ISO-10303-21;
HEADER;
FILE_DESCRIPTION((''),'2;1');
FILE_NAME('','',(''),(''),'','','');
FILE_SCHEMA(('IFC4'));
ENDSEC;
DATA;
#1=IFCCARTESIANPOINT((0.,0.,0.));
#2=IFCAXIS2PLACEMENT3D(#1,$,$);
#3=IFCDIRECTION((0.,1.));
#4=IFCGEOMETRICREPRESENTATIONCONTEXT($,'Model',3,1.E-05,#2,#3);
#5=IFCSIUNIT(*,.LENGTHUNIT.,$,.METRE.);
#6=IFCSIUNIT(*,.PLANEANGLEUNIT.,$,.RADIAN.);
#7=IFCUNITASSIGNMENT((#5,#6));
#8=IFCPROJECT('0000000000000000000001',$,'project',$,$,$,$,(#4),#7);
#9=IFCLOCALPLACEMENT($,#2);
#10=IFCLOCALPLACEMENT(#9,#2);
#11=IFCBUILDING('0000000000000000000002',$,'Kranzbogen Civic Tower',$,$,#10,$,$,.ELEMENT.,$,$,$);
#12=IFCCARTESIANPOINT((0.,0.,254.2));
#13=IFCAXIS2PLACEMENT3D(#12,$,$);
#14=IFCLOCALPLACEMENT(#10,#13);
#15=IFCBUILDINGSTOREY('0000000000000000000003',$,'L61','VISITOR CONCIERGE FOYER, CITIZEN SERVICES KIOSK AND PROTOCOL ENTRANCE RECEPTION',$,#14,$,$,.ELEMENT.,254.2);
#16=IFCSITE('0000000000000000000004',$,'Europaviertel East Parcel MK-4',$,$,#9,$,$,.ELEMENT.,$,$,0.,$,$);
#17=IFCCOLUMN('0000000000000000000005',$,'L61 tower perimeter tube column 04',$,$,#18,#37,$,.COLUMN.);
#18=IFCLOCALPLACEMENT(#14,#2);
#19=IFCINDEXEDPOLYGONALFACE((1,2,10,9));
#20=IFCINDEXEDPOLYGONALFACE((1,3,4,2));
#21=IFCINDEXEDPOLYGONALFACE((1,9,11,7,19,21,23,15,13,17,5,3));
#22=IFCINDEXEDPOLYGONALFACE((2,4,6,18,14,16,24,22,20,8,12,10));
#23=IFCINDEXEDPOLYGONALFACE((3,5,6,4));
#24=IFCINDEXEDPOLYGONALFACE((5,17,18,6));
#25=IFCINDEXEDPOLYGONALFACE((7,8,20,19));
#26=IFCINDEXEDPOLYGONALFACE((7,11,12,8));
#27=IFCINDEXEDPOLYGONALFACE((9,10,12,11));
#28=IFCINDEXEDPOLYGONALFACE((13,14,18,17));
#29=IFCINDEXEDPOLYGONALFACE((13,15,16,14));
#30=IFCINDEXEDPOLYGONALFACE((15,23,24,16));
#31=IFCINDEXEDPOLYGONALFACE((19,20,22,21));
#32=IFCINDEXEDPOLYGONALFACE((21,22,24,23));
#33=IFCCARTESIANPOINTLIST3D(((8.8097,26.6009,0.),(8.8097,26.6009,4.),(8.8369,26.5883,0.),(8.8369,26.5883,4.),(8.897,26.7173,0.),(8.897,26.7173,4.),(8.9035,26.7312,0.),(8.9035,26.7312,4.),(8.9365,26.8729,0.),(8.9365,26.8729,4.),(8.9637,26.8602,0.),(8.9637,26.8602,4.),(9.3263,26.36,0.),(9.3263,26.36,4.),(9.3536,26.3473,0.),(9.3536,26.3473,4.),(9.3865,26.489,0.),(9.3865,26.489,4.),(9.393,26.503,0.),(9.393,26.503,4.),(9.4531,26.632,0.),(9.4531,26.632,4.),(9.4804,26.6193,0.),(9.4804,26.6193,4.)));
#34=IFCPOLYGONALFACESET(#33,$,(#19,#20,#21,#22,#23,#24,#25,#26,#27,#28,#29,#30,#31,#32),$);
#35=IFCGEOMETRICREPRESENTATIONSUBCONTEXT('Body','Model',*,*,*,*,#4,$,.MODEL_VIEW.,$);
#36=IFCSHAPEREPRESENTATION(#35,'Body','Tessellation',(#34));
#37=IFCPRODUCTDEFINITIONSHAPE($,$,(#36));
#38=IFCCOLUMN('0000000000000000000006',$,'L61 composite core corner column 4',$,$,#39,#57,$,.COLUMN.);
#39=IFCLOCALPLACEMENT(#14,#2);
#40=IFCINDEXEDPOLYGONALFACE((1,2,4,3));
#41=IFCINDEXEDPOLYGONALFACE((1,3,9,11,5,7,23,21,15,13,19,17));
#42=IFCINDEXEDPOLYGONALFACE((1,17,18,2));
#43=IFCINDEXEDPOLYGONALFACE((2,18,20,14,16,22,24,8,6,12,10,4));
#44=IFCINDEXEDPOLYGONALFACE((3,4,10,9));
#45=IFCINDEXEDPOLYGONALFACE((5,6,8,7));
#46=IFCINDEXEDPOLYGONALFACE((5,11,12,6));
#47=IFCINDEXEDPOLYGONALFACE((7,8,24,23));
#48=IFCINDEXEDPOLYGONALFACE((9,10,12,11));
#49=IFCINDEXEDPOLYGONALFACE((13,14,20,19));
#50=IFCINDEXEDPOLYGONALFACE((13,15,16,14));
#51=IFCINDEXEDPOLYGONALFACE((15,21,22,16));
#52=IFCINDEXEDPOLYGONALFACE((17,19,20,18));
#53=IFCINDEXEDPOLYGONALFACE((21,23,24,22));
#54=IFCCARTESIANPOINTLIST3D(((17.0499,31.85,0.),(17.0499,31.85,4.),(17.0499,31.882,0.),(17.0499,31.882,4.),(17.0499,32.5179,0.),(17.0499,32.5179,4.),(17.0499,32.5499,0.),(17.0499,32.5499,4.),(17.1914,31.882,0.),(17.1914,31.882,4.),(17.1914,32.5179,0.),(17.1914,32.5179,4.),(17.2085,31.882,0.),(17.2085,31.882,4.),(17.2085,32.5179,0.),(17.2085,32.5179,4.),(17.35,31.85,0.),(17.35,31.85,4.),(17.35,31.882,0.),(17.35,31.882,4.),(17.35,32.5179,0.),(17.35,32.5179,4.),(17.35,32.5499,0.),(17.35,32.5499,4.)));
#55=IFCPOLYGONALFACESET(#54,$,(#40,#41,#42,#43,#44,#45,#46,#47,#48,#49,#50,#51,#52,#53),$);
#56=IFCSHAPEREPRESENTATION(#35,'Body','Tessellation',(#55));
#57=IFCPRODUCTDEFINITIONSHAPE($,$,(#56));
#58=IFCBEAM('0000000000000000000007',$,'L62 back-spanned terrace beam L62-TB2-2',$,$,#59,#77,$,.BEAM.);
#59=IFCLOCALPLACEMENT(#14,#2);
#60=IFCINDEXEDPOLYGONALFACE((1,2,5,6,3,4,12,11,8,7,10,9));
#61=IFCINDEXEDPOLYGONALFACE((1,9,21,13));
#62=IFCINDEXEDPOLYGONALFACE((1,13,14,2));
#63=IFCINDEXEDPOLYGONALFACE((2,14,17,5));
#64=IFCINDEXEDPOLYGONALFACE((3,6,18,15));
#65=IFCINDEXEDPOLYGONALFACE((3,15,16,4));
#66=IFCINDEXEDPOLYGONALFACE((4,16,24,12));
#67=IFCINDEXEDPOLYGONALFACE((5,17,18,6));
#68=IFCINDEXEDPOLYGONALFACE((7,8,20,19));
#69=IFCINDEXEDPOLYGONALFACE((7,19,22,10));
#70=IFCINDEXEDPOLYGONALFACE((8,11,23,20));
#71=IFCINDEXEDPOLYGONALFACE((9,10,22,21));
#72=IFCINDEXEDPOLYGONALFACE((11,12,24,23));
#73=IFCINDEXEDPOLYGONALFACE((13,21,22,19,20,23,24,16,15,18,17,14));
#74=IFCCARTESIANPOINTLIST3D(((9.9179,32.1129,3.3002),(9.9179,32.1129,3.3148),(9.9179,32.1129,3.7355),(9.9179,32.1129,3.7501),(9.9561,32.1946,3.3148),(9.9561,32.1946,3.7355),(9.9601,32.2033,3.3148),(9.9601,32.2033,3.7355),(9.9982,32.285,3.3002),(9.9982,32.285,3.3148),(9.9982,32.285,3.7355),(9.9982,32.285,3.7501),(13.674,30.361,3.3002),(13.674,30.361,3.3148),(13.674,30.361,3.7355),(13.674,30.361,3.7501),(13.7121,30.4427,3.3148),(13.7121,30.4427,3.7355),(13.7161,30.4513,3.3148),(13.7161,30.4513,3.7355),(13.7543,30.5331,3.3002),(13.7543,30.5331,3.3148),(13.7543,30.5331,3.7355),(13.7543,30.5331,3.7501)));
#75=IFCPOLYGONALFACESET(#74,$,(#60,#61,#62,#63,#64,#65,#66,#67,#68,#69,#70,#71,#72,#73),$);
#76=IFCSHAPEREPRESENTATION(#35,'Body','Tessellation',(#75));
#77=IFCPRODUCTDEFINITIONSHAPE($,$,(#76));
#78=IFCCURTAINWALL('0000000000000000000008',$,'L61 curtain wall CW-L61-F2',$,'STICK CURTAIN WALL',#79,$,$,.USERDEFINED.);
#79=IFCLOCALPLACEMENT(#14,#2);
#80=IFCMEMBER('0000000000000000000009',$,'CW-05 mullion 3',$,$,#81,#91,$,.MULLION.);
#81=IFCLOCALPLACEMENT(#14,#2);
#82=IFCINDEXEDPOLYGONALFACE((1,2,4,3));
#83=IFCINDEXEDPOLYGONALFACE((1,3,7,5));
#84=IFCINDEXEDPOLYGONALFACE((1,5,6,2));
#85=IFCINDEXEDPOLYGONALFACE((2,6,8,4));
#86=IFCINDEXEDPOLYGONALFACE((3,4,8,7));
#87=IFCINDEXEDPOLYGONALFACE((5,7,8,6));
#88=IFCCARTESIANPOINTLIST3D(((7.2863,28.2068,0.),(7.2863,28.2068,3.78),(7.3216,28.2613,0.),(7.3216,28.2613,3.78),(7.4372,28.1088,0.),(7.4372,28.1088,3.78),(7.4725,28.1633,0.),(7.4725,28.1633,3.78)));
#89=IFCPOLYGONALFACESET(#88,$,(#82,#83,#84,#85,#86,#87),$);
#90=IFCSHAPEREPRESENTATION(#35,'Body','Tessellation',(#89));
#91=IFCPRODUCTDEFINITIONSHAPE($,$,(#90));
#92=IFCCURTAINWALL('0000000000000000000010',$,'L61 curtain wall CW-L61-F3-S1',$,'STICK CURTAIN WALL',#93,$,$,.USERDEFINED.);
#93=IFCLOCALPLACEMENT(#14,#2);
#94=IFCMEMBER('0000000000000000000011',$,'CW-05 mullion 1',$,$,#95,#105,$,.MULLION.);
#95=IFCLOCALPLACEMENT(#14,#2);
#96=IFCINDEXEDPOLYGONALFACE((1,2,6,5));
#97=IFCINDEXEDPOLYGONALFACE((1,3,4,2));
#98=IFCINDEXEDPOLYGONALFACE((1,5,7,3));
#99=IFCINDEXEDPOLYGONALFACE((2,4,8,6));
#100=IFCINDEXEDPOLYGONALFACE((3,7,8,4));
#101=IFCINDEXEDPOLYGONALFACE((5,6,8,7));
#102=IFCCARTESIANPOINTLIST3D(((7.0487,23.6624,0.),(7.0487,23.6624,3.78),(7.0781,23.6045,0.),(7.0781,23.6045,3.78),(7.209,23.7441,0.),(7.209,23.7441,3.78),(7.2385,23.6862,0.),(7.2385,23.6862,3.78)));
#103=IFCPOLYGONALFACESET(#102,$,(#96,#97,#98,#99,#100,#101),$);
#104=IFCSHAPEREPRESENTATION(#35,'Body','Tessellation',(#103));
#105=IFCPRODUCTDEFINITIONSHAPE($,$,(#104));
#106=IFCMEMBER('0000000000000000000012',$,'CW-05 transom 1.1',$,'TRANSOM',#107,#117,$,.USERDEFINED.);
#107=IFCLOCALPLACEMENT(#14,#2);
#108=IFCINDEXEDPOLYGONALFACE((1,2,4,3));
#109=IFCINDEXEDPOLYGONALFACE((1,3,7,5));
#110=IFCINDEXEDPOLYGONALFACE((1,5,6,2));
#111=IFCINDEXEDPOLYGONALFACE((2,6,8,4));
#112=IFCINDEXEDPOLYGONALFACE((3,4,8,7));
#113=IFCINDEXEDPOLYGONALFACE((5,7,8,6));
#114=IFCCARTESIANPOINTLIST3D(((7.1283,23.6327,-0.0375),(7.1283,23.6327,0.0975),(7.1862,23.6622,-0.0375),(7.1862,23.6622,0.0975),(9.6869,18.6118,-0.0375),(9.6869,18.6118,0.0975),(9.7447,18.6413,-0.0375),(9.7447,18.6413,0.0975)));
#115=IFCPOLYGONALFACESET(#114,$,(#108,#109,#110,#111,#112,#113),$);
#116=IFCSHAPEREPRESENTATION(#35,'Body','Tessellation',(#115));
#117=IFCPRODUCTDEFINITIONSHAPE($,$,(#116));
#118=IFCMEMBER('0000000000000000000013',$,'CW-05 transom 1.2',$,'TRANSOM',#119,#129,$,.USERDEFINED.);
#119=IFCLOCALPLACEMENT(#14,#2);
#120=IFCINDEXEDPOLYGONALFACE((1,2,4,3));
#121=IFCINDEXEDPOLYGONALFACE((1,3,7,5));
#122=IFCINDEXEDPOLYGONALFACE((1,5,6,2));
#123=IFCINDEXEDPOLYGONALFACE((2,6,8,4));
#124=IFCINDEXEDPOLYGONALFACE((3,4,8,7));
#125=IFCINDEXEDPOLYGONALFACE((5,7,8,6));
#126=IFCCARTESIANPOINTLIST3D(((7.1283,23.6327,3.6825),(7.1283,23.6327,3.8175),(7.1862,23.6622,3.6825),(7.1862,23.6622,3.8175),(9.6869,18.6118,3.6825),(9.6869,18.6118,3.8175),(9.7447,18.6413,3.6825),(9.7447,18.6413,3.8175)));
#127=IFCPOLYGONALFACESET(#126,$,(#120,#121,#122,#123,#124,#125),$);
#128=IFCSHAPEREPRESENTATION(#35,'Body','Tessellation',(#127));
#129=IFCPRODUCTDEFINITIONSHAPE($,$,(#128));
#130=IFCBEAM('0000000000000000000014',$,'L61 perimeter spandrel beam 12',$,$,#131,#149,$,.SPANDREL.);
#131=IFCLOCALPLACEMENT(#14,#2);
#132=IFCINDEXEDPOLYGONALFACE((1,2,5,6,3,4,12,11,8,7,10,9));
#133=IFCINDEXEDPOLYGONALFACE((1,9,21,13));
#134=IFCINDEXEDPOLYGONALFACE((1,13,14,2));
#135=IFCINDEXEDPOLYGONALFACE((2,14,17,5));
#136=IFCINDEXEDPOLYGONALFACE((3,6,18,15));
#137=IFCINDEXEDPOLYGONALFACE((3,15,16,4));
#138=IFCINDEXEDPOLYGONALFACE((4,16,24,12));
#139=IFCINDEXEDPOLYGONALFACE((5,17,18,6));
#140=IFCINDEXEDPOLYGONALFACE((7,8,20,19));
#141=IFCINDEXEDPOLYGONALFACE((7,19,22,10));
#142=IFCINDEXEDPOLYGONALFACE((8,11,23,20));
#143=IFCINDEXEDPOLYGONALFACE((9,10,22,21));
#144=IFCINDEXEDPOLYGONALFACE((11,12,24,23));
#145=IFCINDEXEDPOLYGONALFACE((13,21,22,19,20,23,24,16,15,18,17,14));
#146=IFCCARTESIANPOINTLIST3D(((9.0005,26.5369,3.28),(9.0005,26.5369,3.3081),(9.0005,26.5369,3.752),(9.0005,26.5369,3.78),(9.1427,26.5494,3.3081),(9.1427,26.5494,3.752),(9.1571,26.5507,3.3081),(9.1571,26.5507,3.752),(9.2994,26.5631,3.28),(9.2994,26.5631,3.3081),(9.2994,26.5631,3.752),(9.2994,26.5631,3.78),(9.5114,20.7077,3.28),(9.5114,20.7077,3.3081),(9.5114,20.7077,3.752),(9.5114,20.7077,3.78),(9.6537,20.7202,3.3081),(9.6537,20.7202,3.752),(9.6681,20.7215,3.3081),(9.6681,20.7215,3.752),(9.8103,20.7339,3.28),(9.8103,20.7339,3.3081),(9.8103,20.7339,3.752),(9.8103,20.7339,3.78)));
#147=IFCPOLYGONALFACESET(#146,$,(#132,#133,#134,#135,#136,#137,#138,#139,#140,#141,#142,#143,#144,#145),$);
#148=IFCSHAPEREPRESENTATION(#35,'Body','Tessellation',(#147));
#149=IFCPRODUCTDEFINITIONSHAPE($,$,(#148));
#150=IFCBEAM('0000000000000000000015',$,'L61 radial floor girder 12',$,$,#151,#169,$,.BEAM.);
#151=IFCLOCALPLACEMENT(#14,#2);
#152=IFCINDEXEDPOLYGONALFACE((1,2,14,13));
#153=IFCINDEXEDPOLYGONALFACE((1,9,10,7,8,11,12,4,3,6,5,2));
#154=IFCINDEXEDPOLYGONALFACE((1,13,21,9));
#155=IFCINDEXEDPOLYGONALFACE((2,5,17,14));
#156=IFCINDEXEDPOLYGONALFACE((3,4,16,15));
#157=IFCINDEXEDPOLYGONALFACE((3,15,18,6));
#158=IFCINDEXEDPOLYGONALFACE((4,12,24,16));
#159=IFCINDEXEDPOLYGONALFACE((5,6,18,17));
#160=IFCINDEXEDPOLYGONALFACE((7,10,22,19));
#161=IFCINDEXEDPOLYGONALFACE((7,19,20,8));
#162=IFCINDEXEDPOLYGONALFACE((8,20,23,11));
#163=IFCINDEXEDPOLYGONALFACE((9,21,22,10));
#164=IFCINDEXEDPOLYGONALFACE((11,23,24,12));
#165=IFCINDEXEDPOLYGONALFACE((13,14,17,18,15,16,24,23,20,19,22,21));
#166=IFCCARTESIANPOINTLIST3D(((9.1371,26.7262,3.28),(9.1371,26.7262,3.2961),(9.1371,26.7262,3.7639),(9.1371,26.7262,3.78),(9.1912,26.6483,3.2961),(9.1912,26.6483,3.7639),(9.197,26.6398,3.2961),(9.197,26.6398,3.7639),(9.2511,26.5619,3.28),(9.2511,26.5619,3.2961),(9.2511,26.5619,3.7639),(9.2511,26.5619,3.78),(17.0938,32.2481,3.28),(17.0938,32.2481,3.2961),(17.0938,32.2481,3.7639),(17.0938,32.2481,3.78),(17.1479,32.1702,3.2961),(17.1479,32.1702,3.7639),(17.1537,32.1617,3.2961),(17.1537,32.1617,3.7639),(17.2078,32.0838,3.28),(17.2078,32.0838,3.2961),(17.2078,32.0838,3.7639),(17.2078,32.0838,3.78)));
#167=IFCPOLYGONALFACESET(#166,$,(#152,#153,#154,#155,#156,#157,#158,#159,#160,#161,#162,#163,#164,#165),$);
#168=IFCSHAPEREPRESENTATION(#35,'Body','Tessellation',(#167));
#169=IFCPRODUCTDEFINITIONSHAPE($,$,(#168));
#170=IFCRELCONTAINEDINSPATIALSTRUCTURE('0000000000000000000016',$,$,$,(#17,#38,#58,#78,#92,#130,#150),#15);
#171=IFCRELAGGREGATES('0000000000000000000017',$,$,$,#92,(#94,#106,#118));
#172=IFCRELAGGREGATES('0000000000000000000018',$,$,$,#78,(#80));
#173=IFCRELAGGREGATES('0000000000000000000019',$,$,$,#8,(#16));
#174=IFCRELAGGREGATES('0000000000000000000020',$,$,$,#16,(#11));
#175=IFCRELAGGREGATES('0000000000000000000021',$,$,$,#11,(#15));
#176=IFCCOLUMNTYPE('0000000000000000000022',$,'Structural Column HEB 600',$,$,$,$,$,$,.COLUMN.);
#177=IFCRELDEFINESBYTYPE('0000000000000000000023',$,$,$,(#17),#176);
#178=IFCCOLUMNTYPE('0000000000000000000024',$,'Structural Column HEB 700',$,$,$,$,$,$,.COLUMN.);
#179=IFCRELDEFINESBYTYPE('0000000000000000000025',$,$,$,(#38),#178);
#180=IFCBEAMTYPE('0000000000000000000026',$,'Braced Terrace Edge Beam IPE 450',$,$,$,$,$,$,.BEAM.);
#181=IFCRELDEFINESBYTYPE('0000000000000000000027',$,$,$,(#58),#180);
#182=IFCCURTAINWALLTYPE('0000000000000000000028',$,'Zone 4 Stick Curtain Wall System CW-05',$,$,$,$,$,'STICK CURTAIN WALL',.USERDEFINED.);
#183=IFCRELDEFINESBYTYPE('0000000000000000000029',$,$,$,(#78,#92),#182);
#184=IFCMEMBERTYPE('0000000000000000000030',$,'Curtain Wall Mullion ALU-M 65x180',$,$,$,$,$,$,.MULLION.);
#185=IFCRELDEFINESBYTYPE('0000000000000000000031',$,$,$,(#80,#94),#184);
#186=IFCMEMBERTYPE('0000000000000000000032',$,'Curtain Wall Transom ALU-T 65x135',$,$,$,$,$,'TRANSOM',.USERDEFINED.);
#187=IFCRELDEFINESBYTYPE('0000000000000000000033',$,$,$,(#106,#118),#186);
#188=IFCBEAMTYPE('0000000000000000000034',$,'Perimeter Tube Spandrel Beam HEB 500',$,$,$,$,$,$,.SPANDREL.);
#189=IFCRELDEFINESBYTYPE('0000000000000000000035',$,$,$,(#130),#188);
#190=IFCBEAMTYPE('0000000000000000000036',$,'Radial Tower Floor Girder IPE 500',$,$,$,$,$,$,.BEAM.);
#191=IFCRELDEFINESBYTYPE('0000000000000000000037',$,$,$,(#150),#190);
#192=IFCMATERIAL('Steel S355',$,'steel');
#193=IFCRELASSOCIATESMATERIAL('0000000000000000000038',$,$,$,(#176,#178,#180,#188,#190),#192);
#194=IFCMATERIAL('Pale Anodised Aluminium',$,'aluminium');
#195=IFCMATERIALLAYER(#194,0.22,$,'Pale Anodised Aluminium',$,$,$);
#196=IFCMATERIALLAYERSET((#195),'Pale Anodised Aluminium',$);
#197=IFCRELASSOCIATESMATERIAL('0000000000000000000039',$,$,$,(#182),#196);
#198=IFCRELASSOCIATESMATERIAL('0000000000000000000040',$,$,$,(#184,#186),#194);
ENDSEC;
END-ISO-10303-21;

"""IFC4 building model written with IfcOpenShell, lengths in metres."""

from ifc_helpers import new_model, si_unit, direction, frame, origin, origin_2d, place, context, subcontext, project, spatial, rectangle, i_section, extrude, material, layer, layer_set, material_profile, profile_set, type_object, element, aggregate, save


model = new_model("IFC4")

# Units and contexts
model_context = context("Model", 3, precision=1e-05, world=origin(), true_north=direction((0.0, 1.0)))
body_context = subcontext(model_context, "Body", "Model", "MODEL_VIEW")
ifc_project = project(units=[si_unit("LENGTHUNIT", "METRE"), si_unit("PLANEANGLEUNIT", "RADIAN")], contexts=[model_context])

# Site, building, storey
site_placement = place(None, origin())
site = spatial("IfcSite", under=ifc_project, at=site_placement, Name="Europaviertel East Parcel MK-4", CompositionType="ELEMENT", RefElevation=0.0)
building_placement = place(site_placement, origin())
building = spatial("IfcBuilding", under=site, at=building_placement, Name="Kranzbogen Civic Tower", CompositionType="ELEMENT")
storey_placement = place(building_placement, frame((0.0, 0.0, 254.2)))
storey = spatial("IfcBuildingStorey", under=building, at=storey_placement, Name="L61", Description="VISITOR CONCIERGE FOYER, CITIZEN SERVICES KIOSK AND PROTOCOL ENTRANCE RECEPTION", CompositionType="ELEMENT", Elevation=254.2)

# Columns
ifc_material_1 = material(Name="Steel S355", Category="steel")
ifc_material_profile_1 = material_profile(ifc_material_1, i_section(OverallWidth=0.3, OverallDepth=0.6001, WebThickness=0.0154, FlangeThickness=0.03, at=origin_2d()), Name="HEB 600")
ifc_profile_set_1 = profile_set([ifc_material_profile_1], Name="Steel S355")
column_type_1 = type_object("IfcColumnType", Name="Structural Column HEB 600", PredefinedType="COLUMN", material=ifc_profile_set_1)
column_1_placement = place(storey_placement, frame((9.145, 26.6101, 0.0), z_axis=(0.0, 0.0, 1.0), x_axis=(0.422618, 0.906308, 0.0)))
element("IfcColumn", 1, at=column_1_placement, inside=storey, type_object=column_type_1, Name="L61 tower perimeter tube column 04", PredefinedType="COLUMN", context=body_context, shape_type="SweptSolid", body=[
    extrude(i_section(OverallWidth=0.3, OverallDepth=0.6001, WebThickness=0.0154, FlangeThickness=0.03, at=origin_2d()), origin(), (0.0, 0.0, 1.0), 4.0),
])
ifc_material_profile_2 = material_profile(ifc_material_1, i_section(OverallWidth=0.3, OverallDepth=0.7, WebThickness=0.0171, FlangeThickness=0.032, at=origin_2d()), Name="HEB 700")
ifc_profile_set_2 = profile_set([ifc_material_profile_2], Name="Steel S355")
column_type_2 = type_object("IfcColumnType", Name="Structural Column HEB 700", PredefinedType="COLUMN", material=ifc_profile_set_2)
column_2_placement = place(storey_placement, frame((17.2, 32.2, 0.0), z_axis=(0.0, 0.0, 1.0), x_axis=(1.0, 0.0, 0.0)))
element("IfcColumn", 2, at=column_2_placement, inside=storey, type_object=column_type_2, Name="L61 composite core corner column 4", PredefinedType="COLUMN", context=body_context, shape_type="SweptSolid", body=[
    extrude(i_section(OverallWidth=0.3, OverallDepth=0.7, WebThickness=0.0171, FlangeThickness=0.032, at=origin_2d()), origin(), (0.0, 0.0, 1.0), 4.0),
])

# Beam
ifc_material_profile_3 = material_profile(ifc_material_1, i_section(OverallWidth=0.1899, OverallDepth=0.45, WebThickness=0.0095, FlangeThickness=0.0146, at=origin_2d()), Name="IPE 450")
ifc_profile_set_3 = profile_set([ifc_material_profile_3], Name="Steel S355")
beam_type_1 = type_object("IfcBeamType", Name="Braced Terrace Edge Beam IPE 450", PredefinedType="BEAM", material=ifc_profile_set_3)
beam_1_placement = place(storey_placement, frame((13.7141, 30.447, 3.5251), z_axis=(-0.906266, 0.422708, 0.0), x_axis=(-0.422708, -0.906266, 0.0)))
element("IfcBeam", 3, at=beam_1_placement, inside=storey, type_object=beam_type_1, Name="L62 back-spanned terrace beam L62-TB2-2", PredefinedType="BEAM", context=body_context, shape_type="SweptSolid", body=[
    extrude(i_section(OverallWidth=0.1899, OverallDepth=0.45, WebThickness=0.0095, FlangeThickness=0.0146, at=origin_2d()), origin(), (0.0, 0.0, 1.0), 4.1445),
])

# Curtain wall, member
ifc_material_2 = material(Name="Pale Anodised Aluminium", Category="aluminium")
ifc_layer_1 = layer(ifc_material_2, 0.22, Name="Pale Anodised Aluminium")
ifc_layer_set_1 = layer_set([ifc_layer_1], Name="Pale Anodised Aluminium")
curtain_wall_type = type_object("IfcCurtainWallType", Name="Zone 4 Stick Curtain Wall System CW-05", ElementType="STICK CURTAIN WALL", PredefinedType="USERDEFINED", material=ifc_layer_set_1)
curtain_wall_1_placement = place(storey_placement, origin())
curtain_wall_1 = element("IfcCurtainWall", 4, at=curtain_wall_1_placement, inside=storey, type_object=curtain_wall_type, Name="L61 curtain wall CW-L61-F2", ObjectType="STICK CURTAIN WALL", PredefinedType="USERDEFINED")
ifc_material_profile_4 = material_profile(ifc_material_2, rectangle(XDim=0.0649, YDim=0.1799, at=origin_2d()), Name="ALU-M 65x180")
ifc_profile_set_4 = profile_set([ifc_material_profile_4], Name="Pale Anodised Aluminium")
member_type_1 = type_object("IfcMemberType", Name="Curtain Wall Mullion ALU-M 65x180", PredefinedType="MULLION", material=ifc_profile_set_4)
member_1_placement = place(storey_placement, frame((7.3794, 28.1851, 0.0), z_axis=(0.0, 0.0, 1.0), x_axis=(-0.544657, -0.838659, 0.0)))
member_1 = element("IfcMember", 5, at=member_1_placement, type_object=member_type_1, Name="CW-05 mullion 3", PredefinedType="MULLION", context=body_context, shape_type="SweptSolid", body=[
    extrude(rectangle(XDim=0.0649, YDim=0.1799, at=origin_2d()), origin(), (0.0, 0.0, 1.0), 3.78),
])

# Curtain wall, members
curtain_wall_2_placement = place(storey_placement, origin())
curtain_wall_2 = element("IfcCurtainWall", 6, at=curtain_wall_2_placement, inside=storey, type_object=curtain_wall_type, Name="L61 curtain wall CW-L61-F3-S1", ObjectType="STICK CURTAIN WALL", PredefinedType="USERDEFINED")
member_2_placement = place(storey_placement, frame((7.1436, 23.6743, 0.0), z_axis=(0.0, 0.0, 1.0), x_axis=(0.454012, -0.890996, 0.0)))
member_2 = element("IfcMember", 7, at=member_2_placement, type_object=member_type_1, Name="CW-05 mullion 1", PredefinedType="MULLION", context=body_context, shape_type="SweptSolid", body=[
    extrude(rectangle(XDim=0.0649, YDim=0.1799, at=origin_2d()), origin(), (0.0, 0.0, 1.0), 3.78),
])
ifc_material_profile_5 = material_profile(ifc_material_2, rectangle(XDim=0.0649, YDim=0.135, at=origin_2d()), Name="ALU-T 65x135")
ifc_profile_set_5 = profile_set([ifc_material_profile_5], Name="Pale Anodised Aluminium")
member_type_2 = type_object("IfcMemberType", Name="Curtain Wall Transom ALU-T 65x135", ElementType="TRANSOM", PredefinedType="USERDEFINED", material=ifc_profile_set_5)
member_3_placement = place(storey_placement, frame((7.1572, 23.6475, 0.03), z_axis=(0.454028, -0.890987, 0.0), x_axis=(0.890987, 0.454028, 0.0)))
member_3 = element("IfcMember", 8, at=member_3_placement, type_object=member_type_2, Name="CW-05 transom 1.1", ObjectType="TRANSOM", PredefinedType="USERDEFINED", context=body_context, shape_type="SweptSolid", body=[
    extrude(rectangle(XDim=0.0649, YDim=0.135, at=origin_2d()), origin(), (0.0, 0.0, 1.0), 5.6353),
])
member_4_placement = place(storey_placement, frame((7.1572, 23.6475, 3.75), z_axis=(0.454028, -0.890987, 0.0), x_axis=(0.890987, 0.454028, 0.0)))
member_4 = element("IfcMember", 9, at=member_4_placement, type_object=member_type_2, Name="CW-05 transom 1.2", ObjectType="TRANSOM", PredefinedType="USERDEFINED", context=body_context, shape_type="SweptSolid", body=[
    extrude(rectangle(XDim=0.0649, YDim=0.135, at=origin_2d()), origin(), (0.0, 0.0, 1.0), 5.6353),
])
aggregate(curtain_wall_2, [member_2, member_3, member_4])

# Beams
ifc_material_profile_6 = material_profile(ifc_material_1, i_section(OverallWidth=0.3, OverallDepth=0.5, WebThickness=0.0144, FlangeThickness=0.0281, at=origin_2d()), Name="HEB 500")
ifc_profile_set_6 = profile_set([ifc_material_profile_6], Name="Steel S355")
beam_type_2 = type_object("IfcBeamType", Name="Perimeter Tube Spandrel Beam HEB 500", PredefinedType="SPANDREL", material=ifc_profile_set_6)
beam_2_placement = place(storey_placement, frame((9.1499, 26.55, 3.53), z_axis=(0.087326, -0.99618, 0.0), x_axis=(0.99618, 0.087326, 0.0)))
element("IfcBeam", 10, at=beam_2_placement, inside=storey, type_object=beam_type_2, Name="L61 perimeter spandrel beam 12", PredefinedType="SPANDREL", context=body_context, shape_type="SweptSolid", body=[
    extrude(i_section(OverallWidth=0.3, OverallDepth=0.5, WebThickness=0.0144, FlangeThickness=0.0281, at=origin_2d()), origin(), (0.0, 0.0, 1.0), 5.8516),
])
ifc_material_profile_7 = material_profile(ifc_material_1, i_section(OverallWidth=0.2, OverallDepth=0.5, WebThickness=0.0103, FlangeThickness=0.0161, at=origin_2d()), Name="IPE 500")
ifc_profile_set_7 = profile_set([ifc_material_profile_7], Name="Steel S355")
beam_type_3 = type_object("IfcBeamType", Name="Radial Tower Floor Girder IPE 500", PredefinedType="BEAM", material=ifc_profile_set_7)
beam_3_placement = place(storey_placement, frame((9.1941, 26.644, 3.53), z_axis=(0.821543, 0.570147, 0.0), x_axis=(-0.570147, 0.821543, 0.0)))
element("IfcBeam", 11, at=beam_3_placement, inside=storey, type_object=beam_type_3, Name="L61 radial floor girder 12", PredefinedType="BEAM", context=body_context, shape_type="SweptSolid", body=[
    extrude(i_section(OverallWidth=0.2, OverallDepth=0.5, WebThickness=0.0103, FlangeThickness=0.0161, at=origin_2d()), origin(), (0.0, 0.0, 1.0), 9.6851),
])

aggregate(curtain_wall_1, [member_1])

save(model, "model.ifc")
